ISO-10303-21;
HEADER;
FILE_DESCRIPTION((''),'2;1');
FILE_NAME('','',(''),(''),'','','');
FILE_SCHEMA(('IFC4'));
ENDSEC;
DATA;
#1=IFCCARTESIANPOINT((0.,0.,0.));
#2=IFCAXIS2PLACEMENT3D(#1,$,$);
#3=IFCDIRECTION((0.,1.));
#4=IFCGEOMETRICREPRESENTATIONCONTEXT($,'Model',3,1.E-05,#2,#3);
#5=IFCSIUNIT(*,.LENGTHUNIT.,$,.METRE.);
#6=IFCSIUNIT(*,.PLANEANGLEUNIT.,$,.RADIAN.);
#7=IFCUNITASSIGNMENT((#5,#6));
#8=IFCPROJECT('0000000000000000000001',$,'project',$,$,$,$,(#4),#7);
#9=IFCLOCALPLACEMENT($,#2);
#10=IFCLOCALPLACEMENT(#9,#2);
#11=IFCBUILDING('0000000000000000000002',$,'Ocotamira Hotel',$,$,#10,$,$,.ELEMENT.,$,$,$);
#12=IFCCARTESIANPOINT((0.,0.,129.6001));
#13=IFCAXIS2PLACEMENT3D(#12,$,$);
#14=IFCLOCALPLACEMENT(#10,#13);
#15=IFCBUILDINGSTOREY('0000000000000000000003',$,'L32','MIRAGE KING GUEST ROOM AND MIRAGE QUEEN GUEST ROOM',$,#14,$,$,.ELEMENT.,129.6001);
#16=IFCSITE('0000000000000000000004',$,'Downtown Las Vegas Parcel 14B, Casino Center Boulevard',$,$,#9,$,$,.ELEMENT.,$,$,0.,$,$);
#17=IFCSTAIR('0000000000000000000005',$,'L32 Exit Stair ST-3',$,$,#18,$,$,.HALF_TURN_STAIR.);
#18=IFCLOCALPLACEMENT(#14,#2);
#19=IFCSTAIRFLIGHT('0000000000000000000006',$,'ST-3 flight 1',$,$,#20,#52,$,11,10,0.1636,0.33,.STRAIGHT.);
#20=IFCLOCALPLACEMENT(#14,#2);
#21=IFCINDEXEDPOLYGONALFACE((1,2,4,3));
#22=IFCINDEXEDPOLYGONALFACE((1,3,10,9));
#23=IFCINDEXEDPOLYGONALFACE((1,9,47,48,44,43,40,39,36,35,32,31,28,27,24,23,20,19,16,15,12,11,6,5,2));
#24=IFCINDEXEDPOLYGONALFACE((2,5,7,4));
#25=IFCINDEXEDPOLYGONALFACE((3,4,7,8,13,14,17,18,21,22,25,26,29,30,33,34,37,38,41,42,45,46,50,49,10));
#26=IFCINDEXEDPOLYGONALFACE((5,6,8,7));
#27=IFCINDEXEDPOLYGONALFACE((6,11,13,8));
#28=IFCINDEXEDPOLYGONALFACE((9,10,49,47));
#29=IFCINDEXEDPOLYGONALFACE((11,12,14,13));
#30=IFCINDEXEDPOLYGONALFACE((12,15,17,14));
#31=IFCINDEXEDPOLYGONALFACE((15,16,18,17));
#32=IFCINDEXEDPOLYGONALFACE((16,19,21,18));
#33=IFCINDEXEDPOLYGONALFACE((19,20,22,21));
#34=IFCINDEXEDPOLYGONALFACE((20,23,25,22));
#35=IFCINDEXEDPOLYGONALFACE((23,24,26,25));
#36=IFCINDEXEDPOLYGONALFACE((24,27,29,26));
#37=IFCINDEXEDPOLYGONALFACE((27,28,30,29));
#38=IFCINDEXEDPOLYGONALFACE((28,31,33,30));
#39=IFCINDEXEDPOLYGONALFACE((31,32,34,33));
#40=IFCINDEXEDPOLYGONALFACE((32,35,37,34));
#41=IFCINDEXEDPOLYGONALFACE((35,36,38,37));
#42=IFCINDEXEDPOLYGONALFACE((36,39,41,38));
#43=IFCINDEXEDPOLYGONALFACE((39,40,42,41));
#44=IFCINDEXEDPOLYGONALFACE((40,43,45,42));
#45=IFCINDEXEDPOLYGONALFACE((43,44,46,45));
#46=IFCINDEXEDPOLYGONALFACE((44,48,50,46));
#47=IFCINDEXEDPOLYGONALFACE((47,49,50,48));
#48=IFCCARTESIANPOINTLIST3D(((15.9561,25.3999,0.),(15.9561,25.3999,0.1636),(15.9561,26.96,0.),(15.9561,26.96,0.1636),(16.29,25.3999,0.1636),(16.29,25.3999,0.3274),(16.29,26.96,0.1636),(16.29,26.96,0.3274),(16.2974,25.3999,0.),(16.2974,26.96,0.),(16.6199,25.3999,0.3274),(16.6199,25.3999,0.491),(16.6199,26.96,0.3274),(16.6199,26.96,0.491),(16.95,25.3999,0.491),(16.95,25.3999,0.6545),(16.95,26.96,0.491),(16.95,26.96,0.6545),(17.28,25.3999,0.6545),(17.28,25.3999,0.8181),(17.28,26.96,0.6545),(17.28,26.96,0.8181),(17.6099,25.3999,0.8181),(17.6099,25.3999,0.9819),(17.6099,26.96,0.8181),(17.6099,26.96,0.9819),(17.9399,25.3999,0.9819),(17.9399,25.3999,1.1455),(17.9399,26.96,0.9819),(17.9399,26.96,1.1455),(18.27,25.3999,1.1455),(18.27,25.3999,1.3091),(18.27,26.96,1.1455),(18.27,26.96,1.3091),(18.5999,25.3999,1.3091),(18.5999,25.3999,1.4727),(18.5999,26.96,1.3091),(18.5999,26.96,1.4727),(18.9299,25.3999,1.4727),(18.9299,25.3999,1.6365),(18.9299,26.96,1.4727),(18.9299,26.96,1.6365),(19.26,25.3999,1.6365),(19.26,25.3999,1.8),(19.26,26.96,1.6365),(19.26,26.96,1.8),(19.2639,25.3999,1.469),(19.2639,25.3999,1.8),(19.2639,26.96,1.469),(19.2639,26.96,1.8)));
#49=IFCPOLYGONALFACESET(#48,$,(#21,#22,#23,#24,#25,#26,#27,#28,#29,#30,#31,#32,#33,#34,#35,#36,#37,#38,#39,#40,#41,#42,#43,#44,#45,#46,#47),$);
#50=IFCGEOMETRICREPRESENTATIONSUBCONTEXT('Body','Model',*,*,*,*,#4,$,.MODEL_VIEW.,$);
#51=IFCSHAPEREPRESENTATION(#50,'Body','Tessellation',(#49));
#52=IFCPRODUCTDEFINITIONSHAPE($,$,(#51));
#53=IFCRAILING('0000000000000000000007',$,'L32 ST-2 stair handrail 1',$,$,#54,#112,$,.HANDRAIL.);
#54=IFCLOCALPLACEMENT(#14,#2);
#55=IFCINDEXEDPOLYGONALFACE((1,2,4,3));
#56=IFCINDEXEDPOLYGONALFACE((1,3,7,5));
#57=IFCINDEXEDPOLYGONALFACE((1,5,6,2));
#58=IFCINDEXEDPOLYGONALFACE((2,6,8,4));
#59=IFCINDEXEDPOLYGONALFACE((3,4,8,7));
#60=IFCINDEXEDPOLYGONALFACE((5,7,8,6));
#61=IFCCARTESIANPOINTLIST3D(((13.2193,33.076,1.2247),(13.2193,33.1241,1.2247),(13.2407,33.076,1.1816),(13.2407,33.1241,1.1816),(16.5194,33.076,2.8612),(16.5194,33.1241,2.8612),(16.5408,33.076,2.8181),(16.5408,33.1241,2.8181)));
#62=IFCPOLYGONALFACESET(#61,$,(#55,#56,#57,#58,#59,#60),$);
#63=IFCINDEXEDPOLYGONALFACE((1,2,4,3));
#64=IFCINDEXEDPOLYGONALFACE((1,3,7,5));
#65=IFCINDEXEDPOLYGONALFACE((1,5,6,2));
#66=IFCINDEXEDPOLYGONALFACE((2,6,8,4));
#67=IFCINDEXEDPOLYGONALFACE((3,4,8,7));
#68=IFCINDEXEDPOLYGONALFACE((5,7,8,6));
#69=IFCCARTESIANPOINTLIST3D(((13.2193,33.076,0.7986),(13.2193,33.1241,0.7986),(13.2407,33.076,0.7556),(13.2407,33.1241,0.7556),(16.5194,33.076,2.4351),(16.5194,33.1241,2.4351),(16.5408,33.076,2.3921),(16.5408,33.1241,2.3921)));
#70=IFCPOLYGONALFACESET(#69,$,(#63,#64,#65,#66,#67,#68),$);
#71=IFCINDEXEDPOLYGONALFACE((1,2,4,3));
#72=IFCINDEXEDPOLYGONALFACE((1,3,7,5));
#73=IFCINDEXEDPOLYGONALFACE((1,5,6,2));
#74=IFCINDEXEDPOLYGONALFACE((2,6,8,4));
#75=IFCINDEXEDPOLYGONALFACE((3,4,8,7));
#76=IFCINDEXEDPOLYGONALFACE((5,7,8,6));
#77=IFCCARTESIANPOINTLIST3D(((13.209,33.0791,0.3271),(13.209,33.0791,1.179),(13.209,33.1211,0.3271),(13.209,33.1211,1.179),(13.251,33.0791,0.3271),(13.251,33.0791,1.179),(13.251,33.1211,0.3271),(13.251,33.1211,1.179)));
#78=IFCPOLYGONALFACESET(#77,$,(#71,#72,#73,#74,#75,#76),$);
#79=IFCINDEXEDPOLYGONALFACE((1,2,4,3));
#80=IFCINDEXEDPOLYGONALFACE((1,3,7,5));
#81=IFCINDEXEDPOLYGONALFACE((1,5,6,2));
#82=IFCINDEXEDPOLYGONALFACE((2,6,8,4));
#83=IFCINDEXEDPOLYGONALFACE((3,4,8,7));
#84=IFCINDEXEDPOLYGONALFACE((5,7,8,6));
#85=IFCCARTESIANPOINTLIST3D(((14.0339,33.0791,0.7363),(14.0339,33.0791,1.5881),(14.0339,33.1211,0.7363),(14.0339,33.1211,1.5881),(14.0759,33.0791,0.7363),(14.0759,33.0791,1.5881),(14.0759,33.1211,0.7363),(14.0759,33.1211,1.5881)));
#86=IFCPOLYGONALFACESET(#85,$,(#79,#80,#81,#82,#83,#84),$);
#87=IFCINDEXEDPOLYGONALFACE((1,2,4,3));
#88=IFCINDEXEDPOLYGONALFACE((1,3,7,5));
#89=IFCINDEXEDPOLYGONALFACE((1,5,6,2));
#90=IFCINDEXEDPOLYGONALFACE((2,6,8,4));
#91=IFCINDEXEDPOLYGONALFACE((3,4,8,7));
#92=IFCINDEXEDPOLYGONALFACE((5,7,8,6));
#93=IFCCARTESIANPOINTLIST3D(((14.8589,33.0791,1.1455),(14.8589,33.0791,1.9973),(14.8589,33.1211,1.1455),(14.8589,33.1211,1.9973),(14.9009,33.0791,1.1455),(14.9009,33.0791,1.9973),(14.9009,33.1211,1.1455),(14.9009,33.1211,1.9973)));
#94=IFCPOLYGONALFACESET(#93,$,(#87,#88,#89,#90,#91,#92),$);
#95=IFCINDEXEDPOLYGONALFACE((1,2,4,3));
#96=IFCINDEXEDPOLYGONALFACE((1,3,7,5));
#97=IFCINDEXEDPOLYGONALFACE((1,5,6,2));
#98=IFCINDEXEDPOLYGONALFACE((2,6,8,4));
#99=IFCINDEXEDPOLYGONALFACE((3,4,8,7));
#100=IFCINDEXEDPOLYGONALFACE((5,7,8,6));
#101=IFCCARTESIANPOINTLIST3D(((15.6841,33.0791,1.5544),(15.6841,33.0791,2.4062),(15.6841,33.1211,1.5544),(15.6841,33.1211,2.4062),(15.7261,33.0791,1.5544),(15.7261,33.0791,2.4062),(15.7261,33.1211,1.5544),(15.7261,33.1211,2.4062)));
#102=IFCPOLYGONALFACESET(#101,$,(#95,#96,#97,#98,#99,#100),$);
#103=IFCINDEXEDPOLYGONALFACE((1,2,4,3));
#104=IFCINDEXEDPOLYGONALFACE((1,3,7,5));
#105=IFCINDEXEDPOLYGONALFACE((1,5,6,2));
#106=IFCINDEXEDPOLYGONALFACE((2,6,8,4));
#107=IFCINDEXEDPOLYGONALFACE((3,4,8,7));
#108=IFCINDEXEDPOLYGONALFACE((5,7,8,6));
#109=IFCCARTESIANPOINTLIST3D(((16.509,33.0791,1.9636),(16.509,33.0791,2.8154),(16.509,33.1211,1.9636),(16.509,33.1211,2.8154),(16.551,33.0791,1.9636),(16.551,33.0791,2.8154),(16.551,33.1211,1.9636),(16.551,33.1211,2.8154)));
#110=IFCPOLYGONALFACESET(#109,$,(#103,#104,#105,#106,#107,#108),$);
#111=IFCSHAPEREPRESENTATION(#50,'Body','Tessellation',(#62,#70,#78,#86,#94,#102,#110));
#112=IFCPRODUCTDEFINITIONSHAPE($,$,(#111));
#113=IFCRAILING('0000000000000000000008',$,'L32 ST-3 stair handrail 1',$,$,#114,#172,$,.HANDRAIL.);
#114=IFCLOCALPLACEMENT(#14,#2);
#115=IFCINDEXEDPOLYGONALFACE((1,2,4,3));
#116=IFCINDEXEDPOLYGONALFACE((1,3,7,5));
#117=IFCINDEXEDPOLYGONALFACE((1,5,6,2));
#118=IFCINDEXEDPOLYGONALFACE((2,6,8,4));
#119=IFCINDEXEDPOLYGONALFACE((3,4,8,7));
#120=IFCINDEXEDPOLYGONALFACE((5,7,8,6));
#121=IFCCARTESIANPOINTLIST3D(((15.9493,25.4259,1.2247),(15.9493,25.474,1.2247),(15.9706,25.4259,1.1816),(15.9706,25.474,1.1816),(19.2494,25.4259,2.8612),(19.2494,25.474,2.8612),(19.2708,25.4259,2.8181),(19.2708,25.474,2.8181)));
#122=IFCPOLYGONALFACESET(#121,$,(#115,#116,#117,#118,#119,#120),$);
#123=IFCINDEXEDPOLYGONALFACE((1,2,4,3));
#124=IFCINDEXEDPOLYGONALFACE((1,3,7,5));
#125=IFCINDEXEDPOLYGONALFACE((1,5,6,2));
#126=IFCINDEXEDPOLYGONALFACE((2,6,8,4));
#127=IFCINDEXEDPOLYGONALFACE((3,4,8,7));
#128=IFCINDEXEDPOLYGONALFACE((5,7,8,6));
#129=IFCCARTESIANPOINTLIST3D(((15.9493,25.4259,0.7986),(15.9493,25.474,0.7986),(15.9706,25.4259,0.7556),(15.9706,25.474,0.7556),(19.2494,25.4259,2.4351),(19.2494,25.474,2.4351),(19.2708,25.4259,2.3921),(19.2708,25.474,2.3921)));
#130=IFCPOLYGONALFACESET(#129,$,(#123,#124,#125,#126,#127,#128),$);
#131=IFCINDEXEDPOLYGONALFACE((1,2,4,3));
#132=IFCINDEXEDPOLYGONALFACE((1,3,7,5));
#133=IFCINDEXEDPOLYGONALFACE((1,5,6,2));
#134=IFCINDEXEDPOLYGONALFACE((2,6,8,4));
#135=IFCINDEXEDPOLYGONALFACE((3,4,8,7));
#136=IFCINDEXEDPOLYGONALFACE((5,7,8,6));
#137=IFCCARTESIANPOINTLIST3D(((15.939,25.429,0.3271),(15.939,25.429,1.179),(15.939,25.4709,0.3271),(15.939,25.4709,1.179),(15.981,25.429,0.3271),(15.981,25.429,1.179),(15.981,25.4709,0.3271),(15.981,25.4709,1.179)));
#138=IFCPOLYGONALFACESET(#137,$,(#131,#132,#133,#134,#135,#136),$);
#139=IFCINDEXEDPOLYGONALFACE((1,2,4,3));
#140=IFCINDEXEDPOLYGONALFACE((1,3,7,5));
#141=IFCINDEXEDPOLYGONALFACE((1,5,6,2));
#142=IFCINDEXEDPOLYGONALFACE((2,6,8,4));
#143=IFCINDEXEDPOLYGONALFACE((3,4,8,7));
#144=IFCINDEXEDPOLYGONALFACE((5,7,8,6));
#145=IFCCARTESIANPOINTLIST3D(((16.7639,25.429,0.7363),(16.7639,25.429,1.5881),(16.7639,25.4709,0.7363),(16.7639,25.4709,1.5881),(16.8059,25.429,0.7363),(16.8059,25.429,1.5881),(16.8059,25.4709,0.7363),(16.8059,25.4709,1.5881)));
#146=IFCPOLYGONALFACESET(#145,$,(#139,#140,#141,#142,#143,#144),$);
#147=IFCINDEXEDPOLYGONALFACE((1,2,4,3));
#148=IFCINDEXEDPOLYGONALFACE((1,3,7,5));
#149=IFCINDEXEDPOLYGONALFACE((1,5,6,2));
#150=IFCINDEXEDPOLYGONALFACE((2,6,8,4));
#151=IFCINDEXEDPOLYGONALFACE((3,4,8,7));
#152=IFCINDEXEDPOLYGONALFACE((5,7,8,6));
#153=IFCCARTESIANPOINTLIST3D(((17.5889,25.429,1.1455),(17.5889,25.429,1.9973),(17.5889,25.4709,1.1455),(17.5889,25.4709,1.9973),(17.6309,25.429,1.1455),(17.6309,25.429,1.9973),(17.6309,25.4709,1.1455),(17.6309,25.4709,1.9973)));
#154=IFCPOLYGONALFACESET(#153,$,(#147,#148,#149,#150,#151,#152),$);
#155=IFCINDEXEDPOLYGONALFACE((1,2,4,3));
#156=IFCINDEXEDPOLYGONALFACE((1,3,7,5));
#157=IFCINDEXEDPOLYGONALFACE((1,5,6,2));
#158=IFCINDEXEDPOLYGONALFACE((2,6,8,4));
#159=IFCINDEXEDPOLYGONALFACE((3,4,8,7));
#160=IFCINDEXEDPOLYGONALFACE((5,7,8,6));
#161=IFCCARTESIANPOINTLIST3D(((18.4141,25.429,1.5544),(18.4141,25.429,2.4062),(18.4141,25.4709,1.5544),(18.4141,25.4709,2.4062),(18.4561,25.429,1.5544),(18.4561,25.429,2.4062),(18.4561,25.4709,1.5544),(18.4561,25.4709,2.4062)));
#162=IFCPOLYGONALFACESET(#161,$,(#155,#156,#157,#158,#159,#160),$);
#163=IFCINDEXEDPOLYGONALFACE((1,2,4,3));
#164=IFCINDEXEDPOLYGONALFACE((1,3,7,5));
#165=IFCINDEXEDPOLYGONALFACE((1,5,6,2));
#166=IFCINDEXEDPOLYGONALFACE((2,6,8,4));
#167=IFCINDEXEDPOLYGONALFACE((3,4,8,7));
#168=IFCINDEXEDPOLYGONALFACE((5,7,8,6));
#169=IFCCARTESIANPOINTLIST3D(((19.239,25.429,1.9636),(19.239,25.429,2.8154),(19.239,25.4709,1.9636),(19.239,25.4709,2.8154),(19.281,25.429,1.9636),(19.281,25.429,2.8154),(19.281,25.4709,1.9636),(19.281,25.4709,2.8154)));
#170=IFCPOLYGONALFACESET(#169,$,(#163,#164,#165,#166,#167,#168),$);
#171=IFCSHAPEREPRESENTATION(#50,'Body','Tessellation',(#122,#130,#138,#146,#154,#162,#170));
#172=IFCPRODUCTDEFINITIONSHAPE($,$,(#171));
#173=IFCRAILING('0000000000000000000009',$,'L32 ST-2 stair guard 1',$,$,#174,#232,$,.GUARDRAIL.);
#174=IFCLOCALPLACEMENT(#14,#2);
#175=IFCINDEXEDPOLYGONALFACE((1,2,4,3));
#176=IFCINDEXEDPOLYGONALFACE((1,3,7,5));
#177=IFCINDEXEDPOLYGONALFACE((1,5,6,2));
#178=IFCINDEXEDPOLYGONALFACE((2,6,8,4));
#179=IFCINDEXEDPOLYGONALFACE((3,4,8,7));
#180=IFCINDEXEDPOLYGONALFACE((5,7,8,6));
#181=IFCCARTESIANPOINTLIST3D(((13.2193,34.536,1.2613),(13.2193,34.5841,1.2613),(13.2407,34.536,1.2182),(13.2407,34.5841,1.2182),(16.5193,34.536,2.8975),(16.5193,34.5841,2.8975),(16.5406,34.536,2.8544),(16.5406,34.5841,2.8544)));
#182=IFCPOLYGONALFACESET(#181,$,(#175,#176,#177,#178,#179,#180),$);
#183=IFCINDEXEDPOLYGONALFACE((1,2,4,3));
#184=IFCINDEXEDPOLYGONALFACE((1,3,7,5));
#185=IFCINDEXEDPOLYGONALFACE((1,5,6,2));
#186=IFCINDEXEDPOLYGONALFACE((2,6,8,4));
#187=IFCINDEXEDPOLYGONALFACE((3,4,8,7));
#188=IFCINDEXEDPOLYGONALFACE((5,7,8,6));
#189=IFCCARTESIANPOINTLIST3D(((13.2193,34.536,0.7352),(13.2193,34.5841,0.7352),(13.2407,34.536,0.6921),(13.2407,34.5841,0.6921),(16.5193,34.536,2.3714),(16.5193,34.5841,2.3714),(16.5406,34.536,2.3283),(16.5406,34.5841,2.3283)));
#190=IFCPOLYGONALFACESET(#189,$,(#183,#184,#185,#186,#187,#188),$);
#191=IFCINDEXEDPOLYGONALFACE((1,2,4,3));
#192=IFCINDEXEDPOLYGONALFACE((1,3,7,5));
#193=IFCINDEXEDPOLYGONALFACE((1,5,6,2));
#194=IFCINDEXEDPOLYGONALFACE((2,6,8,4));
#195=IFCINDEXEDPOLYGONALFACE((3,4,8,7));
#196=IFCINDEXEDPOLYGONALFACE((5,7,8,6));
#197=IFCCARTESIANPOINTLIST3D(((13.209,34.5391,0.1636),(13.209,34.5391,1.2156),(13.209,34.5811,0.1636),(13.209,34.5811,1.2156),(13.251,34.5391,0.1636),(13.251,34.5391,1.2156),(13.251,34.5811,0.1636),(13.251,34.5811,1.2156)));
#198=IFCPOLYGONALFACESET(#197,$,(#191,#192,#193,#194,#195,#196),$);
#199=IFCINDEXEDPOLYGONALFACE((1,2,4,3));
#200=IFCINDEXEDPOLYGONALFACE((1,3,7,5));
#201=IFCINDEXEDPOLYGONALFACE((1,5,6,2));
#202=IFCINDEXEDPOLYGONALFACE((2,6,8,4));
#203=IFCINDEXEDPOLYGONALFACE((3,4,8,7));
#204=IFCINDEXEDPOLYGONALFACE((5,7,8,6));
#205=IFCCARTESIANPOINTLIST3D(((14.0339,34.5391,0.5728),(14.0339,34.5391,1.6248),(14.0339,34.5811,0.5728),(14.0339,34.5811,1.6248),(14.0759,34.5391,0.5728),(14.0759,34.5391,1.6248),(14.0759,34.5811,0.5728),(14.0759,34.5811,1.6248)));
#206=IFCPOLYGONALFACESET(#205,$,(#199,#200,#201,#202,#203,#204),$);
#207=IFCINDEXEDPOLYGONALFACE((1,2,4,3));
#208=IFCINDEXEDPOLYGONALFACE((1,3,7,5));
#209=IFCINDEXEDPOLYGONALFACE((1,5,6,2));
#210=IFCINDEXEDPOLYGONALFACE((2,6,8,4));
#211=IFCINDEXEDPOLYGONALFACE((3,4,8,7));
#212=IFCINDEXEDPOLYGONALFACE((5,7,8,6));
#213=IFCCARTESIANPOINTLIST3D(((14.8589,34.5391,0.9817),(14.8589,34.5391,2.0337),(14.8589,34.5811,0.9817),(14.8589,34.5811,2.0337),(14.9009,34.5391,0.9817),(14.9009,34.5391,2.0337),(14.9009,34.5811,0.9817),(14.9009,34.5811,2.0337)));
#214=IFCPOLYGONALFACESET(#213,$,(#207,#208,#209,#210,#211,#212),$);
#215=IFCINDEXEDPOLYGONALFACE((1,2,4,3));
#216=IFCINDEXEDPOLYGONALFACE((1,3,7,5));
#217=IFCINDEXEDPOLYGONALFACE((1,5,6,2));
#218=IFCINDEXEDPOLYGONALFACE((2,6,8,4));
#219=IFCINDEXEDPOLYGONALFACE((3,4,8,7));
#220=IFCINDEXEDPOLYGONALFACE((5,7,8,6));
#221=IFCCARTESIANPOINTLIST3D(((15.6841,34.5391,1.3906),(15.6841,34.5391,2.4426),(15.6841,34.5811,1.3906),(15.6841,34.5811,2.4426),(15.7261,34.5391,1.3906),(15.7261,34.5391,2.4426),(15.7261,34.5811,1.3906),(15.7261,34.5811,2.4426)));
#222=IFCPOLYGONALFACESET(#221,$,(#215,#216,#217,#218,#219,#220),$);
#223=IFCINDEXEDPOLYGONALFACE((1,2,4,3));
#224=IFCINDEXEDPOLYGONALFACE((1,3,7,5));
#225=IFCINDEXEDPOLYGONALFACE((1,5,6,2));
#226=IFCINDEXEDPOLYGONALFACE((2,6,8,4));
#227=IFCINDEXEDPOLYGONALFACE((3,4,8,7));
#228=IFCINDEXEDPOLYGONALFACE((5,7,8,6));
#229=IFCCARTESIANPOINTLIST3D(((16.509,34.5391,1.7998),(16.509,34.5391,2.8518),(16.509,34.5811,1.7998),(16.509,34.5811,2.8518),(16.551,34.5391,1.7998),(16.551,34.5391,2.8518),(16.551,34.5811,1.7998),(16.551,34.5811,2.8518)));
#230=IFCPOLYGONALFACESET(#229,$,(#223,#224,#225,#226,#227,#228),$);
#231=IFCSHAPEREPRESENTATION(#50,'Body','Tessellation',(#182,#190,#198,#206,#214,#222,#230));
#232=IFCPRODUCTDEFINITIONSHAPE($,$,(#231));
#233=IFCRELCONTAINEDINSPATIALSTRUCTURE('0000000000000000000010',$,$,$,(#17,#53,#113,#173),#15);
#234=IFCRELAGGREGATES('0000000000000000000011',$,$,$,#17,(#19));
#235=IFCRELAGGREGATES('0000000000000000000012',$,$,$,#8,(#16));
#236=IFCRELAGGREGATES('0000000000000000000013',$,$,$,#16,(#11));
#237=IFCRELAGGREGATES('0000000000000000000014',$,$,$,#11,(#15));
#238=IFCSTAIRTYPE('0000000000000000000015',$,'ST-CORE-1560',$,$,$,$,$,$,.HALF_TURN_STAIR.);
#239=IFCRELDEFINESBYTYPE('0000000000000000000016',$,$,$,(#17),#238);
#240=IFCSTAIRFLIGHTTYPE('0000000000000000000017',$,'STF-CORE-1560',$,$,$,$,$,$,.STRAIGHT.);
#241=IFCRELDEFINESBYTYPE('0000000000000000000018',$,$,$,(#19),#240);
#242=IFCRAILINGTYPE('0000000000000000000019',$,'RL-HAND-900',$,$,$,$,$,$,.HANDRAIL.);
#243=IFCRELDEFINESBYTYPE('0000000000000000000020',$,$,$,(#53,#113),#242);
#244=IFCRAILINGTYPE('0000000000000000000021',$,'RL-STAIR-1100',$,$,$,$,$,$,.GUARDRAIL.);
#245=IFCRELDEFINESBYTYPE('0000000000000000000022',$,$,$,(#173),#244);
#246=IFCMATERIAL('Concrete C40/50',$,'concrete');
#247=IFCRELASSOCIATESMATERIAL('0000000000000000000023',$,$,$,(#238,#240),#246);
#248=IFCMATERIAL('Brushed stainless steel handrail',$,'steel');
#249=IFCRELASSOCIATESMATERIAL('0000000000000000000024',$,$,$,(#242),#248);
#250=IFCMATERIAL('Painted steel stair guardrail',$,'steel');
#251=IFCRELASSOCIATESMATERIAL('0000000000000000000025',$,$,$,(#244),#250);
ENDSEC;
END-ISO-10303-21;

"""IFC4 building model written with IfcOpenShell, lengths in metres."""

from ifc_helpers import new_model, si_unit, direction, frame, origin, origin_2d, place, context, subcontext, project, spatial, polyline, rectangle, outline, extrude, source, transform, mapped, material, type_object, element, aggregate, save


model = new_model("IFC4")

# Units and contexts
model_context = context("Model", 3, precision=1e-05, world=origin(), true_north=direction((0.0, 1.0)))
body_context = subcontext(model_context, "Body", "Model", "MODEL_VIEW")
ifc_project = project(units=[si_unit("LENGTHUNIT", "METRE"), si_unit("PLANEANGLEUNIT", "RADIAN")], contexts=[model_context])

# Site, building, storey
site_placement = place(None, origin())
site = spatial("IfcSite", under=ifc_project, at=site_placement, Name="Downtown Las Vegas Parcel 14B, Casino Center Boulevard", CompositionType="ELEMENT", RefElevation=0.0)
building_placement = place(site_placement, origin())
building = spatial("IfcBuilding", under=site, at=building_placement, Name="Ocotamira Hotel", CompositionType="ELEMENT")
storey_placement = place(building_placement, frame((0.0, 0.0, 129.6001)))
storey = spatial("IfcBuildingStorey", under=building, at=storey_placement, Name="L32", Description="MIRAGE KING GUEST ROOM AND MIRAGE QUEEN GUEST ROOM", CompositionType="ELEMENT", Elevation=129.6001)

# Stair, stair flight
ifc_material_1 = material(Name="Concrete C40/50", Category="concrete")
stair_type = type_object("IfcStairType", Name="ST-CORE-1560", PredefinedType="HALF_TURN_STAIR", material=ifc_material_1)
stair_flight_type = type_object("IfcStairFlightType", Name="STF-CORE-1560", PredefinedType="STRAIGHT", material=ifc_material_1)
shared_shape_1 = source(origin(), body_context, "Body", "SweptSolid", [
    extrude(outline(polyline([(-0.0039, 0.0), (-0.0039, 0.1636), (0.3301, 0.1636), (0.3301, 0.3274), (0.6599, 0.3274), (0.6599, 0.491), (0.99, 0.491), (0.99, 0.6545), (1.3201, 0.6545), (1.3201, 0.8181), (1.6499, 0.8181), (1.6499, 0.9819), (1.98, 0.9819), (1.98, 1.1455), (2.3101, 1.1455), (2.3101, 1.3091), (2.6399, 1.3091), (2.6399, 1.4727), (2.97, 1.4727), (2.97, 1.6365), (3.3, 1.6365), (3.3, 1.8), (3.304, 1.8), (3.304, 1.469), (0.3374, 0.0), (-0.0039, 0.0)])), frame((0.0, 0.78, 0.0), z_axis=(0.0, -1.0, 0.0), x_axis=(1.0, 0.0, 0.0)), (0.0, 0.0, 1.0), 1.5601),
])
stair_1_placement = place(storey_placement, origin())
stair_1 = element("IfcStair", 1, at=stair_1_placement, inside=storey, type_object=stair_type, Name="L32 Exit Stair ST-3", PredefinedType="HALF_TURN_STAIR")
stair_flight_1_placement = place(storey_placement, frame((15.96, 26.1799, 0.0), z_axis=(0.0, 0.0, 1.0), x_axis=(1.0, 0.0, 0.0)))
stair_flight_1 = element("IfcStairFlight", 2, at=stair_flight_1_placement, type_object=stair_flight_type, Name="ST-3 flight 1", NumberOfRisers=11, NumberOfTreads=10, PredefinedType="STRAIGHT", RiserHeight=0.1636, TreadLength=0.33, context=body_context, shape_type="MappedRepresentation", body=[
    mapped(shared_shape_1, transform((0.0, 0.0, 0.0), scale=1.0)),
])
aggregate(stair_1, [stair_flight_1])

# Railings
ifc_material_2 = material(Name="Brushed stainless steel handrail", Category="steel")
railing_type_1 = type_object("IfcRailingType", Name="RL-HAND-900", PredefinedType="HANDRAIL", material=ifc_material_2)
for number, where, name in (
    (3, (13.23, 33.1001, 0.3271), "L32 ST-2 stair handrail 1"),
    (4, (15.96, 25.45, 0.3271), "L32 ST-3 stair handrail 1"),
):
    element("IfcRailing", number, at=place(storey_placement, frame(where)), inside=storey, type_object=railing_type_1, Name=name, PredefinedType="HANDRAIL", context=body_context, shape_type="SweptSolid", body=[
        extrude(rectangle(XDim=0.0481, YDim=0.0481, at=origin_2d()), frame((0.0, 0.0, 0.876), z_axis=(0.895894, 0.0, 0.444268), x_axis=(0.0, 1.0, 0.0)), (0.0, 0.0, 1.0), 3.6836),
        extrude(rectangle(XDim=0.0481, YDim=0.0481, at=origin_2d()), frame((0.0, 0.0, 0.45), z_axis=(0.895894, 0.0, 0.444268), x_axis=(0.0, 1.0, 0.0)), (0.0, 0.0, 1.0), 3.6836),
        extrude(rectangle(XDim=0.042, YDim=0.042, at=origin_2d()), origin(), (0.0, 0.0, 1.0), 0.8518),
        extrude(rectangle(XDim=0.042, YDim=0.042, at=origin_2d()), frame((0.825, 0.0, 0.4092)), (0.0, 0.0, 1.0), 0.8518),
        extrude(rectangle(XDim=0.042, YDim=0.042, at=origin_2d()), frame((1.6499, 0.0, 0.8184)), (0.0, 0.0, 1.0), 0.8518),
        extrude(rectangle(XDim=0.042, YDim=0.042, at=origin_2d()), frame((2.4751, 0.0, 1.2273)), (0.0, 0.0, 1.0), 0.8518),
        extrude(rectangle(XDim=0.042, YDim=0.042, at=origin_2d()), frame((3.3, 0.0, 1.6365)), (0.0, 0.0, 1.0), 0.8518),
    ])
ifc_material_3 = material(Name="Painted steel stair guardrail", Category="steel")
railing_type_2 = type_object("IfcRailingType", Name="RL-STAIR-1100", PredefinedType="GUARDRAIL", material=ifc_material_3)
railing_1_placement = place(storey_placement, frame((13.23, 34.5601, 0.1636)))
element("IfcRailing", 5, at=railing_1_placement, inside=storey, type_object=railing_type_2, Name="L32 ST-2 stair guard 1", PredefinedType="GUARDRAIL", context=body_context, shape_type="SweptSolid", body=[
    extrude(rectangle(XDim=0.0481, YDim=0.0481, at=origin_2d()), frame((0.0, 0.0, 1.0762), z_axis=(0.89592, 0.0, 0.444215), x_axis=(0.0, 1.0, 0.0)), (0.0, 0.0, 1.0), 3.6833),
    extrude(rectangle(XDim=0.0481, YDim=0.0481, at=origin_2d()), frame((0.0, 0.0, 0.55), z_axis=(0.89592, 0.0, 0.444215), x_axis=(0.0, 1.0, 0.0)), (0.0, 0.0, 1.0), 3.6833),
    extrude(rectangle(XDim=0.042, YDim=0.042, at=origin_2d()), origin(), (0.0, 0.0, 1.0), 1.052),
    extrude(rectangle(XDim=0.042, YDim=0.042, at=origin_2d()), frame((0.825, 0.0, 0.4092)), (0.0, 0.0, 1.0), 1.052),
    extrude(rectangle(XDim=0.042, YDim=0.042, at=origin_2d()), frame((1.6499, 0.0, 0.8181)), (0.0, 0.0, 1.0), 1.052),
    extrude(rectangle(XDim=0.042, YDim=0.042, at=origin_2d()), frame((2.4751, 0.0, 1.2271)), (0.0, 0.0, 1.0), 1.052),
    extrude(rectangle(XDim=0.042, YDim=0.042, at=origin_2d()), frame((3.3, 0.0, 1.6362)), (0.0, 0.0, 1.0), 1.052),
])

save(model, "model.ifc")
